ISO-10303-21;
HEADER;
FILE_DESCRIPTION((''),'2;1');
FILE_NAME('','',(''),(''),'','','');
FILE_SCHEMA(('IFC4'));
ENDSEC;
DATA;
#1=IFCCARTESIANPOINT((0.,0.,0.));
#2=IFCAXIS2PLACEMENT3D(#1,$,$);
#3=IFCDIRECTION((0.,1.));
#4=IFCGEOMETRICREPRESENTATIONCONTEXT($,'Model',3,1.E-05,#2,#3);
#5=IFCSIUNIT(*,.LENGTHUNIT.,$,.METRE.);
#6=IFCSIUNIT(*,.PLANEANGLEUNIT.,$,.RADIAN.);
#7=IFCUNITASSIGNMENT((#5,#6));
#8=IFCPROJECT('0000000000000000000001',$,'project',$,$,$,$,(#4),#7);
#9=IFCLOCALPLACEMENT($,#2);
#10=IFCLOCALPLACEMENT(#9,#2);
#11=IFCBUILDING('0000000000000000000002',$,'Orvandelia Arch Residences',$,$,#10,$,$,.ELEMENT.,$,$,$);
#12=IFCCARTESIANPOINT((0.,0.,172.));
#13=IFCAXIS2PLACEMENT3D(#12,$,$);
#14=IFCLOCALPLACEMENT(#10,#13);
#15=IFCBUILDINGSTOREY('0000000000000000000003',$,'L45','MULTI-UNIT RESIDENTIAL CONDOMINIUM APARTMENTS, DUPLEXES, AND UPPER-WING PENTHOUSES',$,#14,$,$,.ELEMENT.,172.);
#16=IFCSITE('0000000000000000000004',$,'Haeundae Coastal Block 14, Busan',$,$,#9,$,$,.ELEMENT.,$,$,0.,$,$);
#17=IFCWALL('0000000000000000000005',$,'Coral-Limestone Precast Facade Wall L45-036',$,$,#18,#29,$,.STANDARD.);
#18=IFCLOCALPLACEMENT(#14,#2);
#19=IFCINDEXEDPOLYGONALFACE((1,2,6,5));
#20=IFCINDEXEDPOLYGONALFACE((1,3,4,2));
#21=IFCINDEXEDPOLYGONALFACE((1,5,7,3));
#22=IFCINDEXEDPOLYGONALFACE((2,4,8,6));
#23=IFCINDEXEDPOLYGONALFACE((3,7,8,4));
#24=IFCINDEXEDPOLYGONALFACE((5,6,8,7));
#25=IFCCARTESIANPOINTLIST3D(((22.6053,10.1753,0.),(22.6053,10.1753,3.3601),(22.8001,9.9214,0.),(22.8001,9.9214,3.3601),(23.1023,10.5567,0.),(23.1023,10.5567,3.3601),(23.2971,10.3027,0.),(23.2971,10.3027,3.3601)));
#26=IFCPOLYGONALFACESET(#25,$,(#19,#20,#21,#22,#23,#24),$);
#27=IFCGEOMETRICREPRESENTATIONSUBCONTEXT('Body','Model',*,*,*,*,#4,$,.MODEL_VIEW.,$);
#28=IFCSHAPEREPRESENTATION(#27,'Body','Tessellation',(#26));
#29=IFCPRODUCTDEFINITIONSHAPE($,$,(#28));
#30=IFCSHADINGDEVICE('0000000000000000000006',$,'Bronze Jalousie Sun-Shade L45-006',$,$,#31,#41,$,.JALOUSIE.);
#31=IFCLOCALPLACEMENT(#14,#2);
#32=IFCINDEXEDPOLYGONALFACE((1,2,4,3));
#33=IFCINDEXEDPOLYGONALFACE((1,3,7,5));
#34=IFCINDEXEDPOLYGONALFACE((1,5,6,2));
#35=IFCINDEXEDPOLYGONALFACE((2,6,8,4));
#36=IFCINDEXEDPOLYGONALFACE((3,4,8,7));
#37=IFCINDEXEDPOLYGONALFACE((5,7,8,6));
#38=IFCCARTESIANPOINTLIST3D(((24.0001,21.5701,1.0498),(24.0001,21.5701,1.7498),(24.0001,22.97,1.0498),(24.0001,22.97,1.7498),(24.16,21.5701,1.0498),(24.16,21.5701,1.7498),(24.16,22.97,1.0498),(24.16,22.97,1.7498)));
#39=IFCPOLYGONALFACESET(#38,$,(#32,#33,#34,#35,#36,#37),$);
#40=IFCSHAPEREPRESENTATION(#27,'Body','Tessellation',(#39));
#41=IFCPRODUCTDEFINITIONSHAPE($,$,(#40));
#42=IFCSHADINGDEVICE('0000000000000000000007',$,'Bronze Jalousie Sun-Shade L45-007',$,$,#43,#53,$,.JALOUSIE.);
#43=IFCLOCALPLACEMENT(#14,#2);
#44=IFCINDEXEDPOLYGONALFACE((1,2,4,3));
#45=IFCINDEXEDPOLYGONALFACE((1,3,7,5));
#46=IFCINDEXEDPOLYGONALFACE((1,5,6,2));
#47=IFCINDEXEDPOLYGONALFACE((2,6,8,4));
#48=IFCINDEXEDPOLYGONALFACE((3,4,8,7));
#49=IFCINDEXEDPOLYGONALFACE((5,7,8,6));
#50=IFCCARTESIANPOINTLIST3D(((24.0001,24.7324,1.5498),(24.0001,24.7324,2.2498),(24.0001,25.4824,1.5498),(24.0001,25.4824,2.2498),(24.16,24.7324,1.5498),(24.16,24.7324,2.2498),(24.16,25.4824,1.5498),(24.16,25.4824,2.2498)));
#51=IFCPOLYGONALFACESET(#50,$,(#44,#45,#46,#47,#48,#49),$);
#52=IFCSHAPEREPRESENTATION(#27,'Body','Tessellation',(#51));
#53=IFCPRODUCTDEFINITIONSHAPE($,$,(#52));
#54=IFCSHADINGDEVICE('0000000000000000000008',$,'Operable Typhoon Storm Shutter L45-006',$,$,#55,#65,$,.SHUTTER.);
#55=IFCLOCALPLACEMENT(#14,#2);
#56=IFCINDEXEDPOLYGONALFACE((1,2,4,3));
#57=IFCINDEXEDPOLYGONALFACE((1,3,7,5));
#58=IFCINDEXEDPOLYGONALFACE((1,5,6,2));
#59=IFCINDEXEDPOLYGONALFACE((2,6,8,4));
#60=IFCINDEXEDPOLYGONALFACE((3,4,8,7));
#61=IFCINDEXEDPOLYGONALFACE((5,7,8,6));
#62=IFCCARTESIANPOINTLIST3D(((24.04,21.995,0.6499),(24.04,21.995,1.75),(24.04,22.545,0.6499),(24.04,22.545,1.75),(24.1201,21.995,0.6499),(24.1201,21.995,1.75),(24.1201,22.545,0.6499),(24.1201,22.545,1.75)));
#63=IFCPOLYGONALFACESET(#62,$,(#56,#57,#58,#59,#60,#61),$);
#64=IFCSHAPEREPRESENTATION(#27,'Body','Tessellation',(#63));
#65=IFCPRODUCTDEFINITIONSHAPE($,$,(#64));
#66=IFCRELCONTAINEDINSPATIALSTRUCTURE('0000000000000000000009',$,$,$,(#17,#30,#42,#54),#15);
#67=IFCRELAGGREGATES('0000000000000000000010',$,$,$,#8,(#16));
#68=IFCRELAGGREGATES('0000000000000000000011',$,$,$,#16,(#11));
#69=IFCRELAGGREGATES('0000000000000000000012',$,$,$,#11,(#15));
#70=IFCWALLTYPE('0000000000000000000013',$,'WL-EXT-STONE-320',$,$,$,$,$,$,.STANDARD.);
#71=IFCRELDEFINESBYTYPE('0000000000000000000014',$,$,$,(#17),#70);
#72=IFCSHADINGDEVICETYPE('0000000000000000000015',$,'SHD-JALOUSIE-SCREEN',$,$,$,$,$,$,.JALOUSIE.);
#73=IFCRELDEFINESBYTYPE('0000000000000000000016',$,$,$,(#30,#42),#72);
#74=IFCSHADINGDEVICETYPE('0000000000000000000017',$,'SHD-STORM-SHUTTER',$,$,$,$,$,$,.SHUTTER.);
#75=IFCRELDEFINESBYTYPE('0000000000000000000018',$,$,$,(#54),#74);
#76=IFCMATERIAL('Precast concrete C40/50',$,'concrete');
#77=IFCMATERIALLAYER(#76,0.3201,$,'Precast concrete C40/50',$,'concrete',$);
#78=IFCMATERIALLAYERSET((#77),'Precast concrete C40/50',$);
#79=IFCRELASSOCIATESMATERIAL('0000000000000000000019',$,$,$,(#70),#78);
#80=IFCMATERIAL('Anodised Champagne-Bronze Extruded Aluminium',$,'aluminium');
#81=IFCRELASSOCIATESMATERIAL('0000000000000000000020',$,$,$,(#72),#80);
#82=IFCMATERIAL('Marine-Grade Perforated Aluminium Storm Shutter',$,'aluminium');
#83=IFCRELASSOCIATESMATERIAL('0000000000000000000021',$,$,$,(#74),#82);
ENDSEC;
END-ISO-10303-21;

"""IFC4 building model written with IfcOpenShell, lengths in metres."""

from ifc_helpers import new_model, si_unit, direction, frame, frame_2d, origin, origin_2d, place, context, subcontext, project, spatial, rectangle, extrude, material, layer, layer_set, type_object, element, save


model = new_model("IFC4")

# Units and contexts
model_context = context("Model", 3, precision=1e-05, world=origin(), true_north=direction((0.0, 1.0)))
body_context = subcontext(model_context, "Body", "Model", "MODEL_VIEW")
ifc_project = project(units=[si_unit("LENGTHUNIT", "METRE"), si_unit("PLANEANGLEUNIT", "RADIAN")], contexts=[model_context])

# Site, building, storey
site_placement = place(None, origin())
site = spatial("IfcSite", under=ifc_project, at=site_placement, Name="Haeundae Coastal Block 14, Busan", CompositionType="ELEMENT", RefElevation=0.0)
building_placement = place(site_placement, origin())
building = spatial("IfcBuilding", under=site, at=building_placement, Name="Orvandelia Arch Residences", CompositionType="ELEMENT")
storey_placement = place(building_placement, frame((0.0, 0.0, 172.0)))
storey = spatial("IfcBuildingStorey", under=building, at=storey_placement, Name="L45", Description="MULTI-UNIT RESIDENTIAL CONDOMINIUM APARTMENTS, DUPLEXES, AND UPPER-WING PENTHOUSES", CompositionType="ELEMENT", Elevation=172.0)

# Shared definitions
ifc_material_1 = material(Name="Precast concrete C40/50", Category="concrete")
ifc_layer = layer(ifc_material_1, 0.3201, Name="Precast concrete C40/50", Category="concrete")
ifc_layer_set = layer_set([ifc_layer], Name="Precast concrete C40/50")
wall_type = type_object("IfcWallType", Name="WL-EXT-STONE-320", PredefinedType="STANDARD", material=ifc_layer_set)

# Wall
for number, where, z_axis, x_axis, name in (
    (1, (23.1997, 10.4297, 0.0), (0.0, 0.0, 1.0), (-0.793406, -0.608693, 0.0), "Coral-Limestone Precast Facade Wall L45-036"),
):
    element("IfcWall", number, at=place(storey_placement, frame(where, z_axis=z_axis, x_axis=x_axis)), inside=storey, type_object=wall_type, Name=name, PredefinedType="STANDARD", context=body_context, shape_type="SweptSolid", body=[
        extrude(rectangle(XDim=0.6265, YDim=0.3201, at=frame_2d((0.3132, 0.0))), origin(), (0.0, 0.0, 1.0), 3.3601),
    ])

# Shading devices
ifc_material_2 = material(Name="Anodised Champagne-Bronze Extruded Aluminium", Category="aluminium")
shading_device_type_1 = type_object("IfcShadingDeviceType", Name="SHD-JALOUSIE-SCREEN", PredefinedType="JALOUSIE", material=ifc_material_2)
shading_device_1_placement = place(storey_placement, frame((24.0801, 22.27, 1.0498), z_axis=(0.0, 0.0, 1.0), x_axis=(0.0, -1.0, 0.0)))
element("IfcShadingDevice", 2, at=shading_device_1_placement, inside=storey, type_object=shading_device_type_1, Name="Bronze Jalousie Sun-Shade L45-006", PredefinedType="JALOUSIE", context=body_context, shape_type="SweptSolid", body=[
    extrude(rectangle(XDim=1.3999, YDim=0.1599, at=origin_2d()), origin(), (0.0, 0.0, 1.0), 0.7),
])
shading_device_2_placement = place(storey_placement, frame((24.0801, 25.1074, 1.5498), z_axis=(0.0, 0.0, 1.0), x_axis=(0.0, -1.0, 0.0)))
element("IfcShadingDevice", 3, at=shading_device_2_placement, inside=storey, type_object=shading_device_type_1, Name="Bronze Jalousie Sun-Shade L45-007", PredefinedType="JALOUSIE", context=body_context, shape_type="SweptSolid", body=[
    extrude(rectangle(XDim=0.75, YDim=0.1599, at=origin_2d()), origin(), (0.0, 0.0, 1.0), 0.7),
])
ifc_material_3 = material(Name="Marine-Grade Perforated Aluminium Storm Shutter", Category="aluminium")
shading_device_type_2 = type_object("IfcShadingDeviceType", Name="SHD-STORM-SHUTTER", PredefinedType="SHUTTER", material=ifc_material_3)
shading_device_3_placement = place(storey_placement, frame((24.0801, 22.27, 0.6499), z_axis=(0.0, 0.0, 1.0), x_axis=(0.0, -1.0, 0.0)))
element("IfcShadingDevice", 4, at=shading_device_3_placement, inside=storey, type_object=shading_device_type_2, Name="Operable Typhoon Storm Shutter L45-006", PredefinedType="SHUTTER", context=body_context, shape_type="SweptSolid", body=[
    extrude(rectangle(XDim=0.55, YDim=0.0801, at=origin_2d()), origin(), (0.0, 0.0, 1.0), 1.1001),
])

save(model, "model.ifc")
